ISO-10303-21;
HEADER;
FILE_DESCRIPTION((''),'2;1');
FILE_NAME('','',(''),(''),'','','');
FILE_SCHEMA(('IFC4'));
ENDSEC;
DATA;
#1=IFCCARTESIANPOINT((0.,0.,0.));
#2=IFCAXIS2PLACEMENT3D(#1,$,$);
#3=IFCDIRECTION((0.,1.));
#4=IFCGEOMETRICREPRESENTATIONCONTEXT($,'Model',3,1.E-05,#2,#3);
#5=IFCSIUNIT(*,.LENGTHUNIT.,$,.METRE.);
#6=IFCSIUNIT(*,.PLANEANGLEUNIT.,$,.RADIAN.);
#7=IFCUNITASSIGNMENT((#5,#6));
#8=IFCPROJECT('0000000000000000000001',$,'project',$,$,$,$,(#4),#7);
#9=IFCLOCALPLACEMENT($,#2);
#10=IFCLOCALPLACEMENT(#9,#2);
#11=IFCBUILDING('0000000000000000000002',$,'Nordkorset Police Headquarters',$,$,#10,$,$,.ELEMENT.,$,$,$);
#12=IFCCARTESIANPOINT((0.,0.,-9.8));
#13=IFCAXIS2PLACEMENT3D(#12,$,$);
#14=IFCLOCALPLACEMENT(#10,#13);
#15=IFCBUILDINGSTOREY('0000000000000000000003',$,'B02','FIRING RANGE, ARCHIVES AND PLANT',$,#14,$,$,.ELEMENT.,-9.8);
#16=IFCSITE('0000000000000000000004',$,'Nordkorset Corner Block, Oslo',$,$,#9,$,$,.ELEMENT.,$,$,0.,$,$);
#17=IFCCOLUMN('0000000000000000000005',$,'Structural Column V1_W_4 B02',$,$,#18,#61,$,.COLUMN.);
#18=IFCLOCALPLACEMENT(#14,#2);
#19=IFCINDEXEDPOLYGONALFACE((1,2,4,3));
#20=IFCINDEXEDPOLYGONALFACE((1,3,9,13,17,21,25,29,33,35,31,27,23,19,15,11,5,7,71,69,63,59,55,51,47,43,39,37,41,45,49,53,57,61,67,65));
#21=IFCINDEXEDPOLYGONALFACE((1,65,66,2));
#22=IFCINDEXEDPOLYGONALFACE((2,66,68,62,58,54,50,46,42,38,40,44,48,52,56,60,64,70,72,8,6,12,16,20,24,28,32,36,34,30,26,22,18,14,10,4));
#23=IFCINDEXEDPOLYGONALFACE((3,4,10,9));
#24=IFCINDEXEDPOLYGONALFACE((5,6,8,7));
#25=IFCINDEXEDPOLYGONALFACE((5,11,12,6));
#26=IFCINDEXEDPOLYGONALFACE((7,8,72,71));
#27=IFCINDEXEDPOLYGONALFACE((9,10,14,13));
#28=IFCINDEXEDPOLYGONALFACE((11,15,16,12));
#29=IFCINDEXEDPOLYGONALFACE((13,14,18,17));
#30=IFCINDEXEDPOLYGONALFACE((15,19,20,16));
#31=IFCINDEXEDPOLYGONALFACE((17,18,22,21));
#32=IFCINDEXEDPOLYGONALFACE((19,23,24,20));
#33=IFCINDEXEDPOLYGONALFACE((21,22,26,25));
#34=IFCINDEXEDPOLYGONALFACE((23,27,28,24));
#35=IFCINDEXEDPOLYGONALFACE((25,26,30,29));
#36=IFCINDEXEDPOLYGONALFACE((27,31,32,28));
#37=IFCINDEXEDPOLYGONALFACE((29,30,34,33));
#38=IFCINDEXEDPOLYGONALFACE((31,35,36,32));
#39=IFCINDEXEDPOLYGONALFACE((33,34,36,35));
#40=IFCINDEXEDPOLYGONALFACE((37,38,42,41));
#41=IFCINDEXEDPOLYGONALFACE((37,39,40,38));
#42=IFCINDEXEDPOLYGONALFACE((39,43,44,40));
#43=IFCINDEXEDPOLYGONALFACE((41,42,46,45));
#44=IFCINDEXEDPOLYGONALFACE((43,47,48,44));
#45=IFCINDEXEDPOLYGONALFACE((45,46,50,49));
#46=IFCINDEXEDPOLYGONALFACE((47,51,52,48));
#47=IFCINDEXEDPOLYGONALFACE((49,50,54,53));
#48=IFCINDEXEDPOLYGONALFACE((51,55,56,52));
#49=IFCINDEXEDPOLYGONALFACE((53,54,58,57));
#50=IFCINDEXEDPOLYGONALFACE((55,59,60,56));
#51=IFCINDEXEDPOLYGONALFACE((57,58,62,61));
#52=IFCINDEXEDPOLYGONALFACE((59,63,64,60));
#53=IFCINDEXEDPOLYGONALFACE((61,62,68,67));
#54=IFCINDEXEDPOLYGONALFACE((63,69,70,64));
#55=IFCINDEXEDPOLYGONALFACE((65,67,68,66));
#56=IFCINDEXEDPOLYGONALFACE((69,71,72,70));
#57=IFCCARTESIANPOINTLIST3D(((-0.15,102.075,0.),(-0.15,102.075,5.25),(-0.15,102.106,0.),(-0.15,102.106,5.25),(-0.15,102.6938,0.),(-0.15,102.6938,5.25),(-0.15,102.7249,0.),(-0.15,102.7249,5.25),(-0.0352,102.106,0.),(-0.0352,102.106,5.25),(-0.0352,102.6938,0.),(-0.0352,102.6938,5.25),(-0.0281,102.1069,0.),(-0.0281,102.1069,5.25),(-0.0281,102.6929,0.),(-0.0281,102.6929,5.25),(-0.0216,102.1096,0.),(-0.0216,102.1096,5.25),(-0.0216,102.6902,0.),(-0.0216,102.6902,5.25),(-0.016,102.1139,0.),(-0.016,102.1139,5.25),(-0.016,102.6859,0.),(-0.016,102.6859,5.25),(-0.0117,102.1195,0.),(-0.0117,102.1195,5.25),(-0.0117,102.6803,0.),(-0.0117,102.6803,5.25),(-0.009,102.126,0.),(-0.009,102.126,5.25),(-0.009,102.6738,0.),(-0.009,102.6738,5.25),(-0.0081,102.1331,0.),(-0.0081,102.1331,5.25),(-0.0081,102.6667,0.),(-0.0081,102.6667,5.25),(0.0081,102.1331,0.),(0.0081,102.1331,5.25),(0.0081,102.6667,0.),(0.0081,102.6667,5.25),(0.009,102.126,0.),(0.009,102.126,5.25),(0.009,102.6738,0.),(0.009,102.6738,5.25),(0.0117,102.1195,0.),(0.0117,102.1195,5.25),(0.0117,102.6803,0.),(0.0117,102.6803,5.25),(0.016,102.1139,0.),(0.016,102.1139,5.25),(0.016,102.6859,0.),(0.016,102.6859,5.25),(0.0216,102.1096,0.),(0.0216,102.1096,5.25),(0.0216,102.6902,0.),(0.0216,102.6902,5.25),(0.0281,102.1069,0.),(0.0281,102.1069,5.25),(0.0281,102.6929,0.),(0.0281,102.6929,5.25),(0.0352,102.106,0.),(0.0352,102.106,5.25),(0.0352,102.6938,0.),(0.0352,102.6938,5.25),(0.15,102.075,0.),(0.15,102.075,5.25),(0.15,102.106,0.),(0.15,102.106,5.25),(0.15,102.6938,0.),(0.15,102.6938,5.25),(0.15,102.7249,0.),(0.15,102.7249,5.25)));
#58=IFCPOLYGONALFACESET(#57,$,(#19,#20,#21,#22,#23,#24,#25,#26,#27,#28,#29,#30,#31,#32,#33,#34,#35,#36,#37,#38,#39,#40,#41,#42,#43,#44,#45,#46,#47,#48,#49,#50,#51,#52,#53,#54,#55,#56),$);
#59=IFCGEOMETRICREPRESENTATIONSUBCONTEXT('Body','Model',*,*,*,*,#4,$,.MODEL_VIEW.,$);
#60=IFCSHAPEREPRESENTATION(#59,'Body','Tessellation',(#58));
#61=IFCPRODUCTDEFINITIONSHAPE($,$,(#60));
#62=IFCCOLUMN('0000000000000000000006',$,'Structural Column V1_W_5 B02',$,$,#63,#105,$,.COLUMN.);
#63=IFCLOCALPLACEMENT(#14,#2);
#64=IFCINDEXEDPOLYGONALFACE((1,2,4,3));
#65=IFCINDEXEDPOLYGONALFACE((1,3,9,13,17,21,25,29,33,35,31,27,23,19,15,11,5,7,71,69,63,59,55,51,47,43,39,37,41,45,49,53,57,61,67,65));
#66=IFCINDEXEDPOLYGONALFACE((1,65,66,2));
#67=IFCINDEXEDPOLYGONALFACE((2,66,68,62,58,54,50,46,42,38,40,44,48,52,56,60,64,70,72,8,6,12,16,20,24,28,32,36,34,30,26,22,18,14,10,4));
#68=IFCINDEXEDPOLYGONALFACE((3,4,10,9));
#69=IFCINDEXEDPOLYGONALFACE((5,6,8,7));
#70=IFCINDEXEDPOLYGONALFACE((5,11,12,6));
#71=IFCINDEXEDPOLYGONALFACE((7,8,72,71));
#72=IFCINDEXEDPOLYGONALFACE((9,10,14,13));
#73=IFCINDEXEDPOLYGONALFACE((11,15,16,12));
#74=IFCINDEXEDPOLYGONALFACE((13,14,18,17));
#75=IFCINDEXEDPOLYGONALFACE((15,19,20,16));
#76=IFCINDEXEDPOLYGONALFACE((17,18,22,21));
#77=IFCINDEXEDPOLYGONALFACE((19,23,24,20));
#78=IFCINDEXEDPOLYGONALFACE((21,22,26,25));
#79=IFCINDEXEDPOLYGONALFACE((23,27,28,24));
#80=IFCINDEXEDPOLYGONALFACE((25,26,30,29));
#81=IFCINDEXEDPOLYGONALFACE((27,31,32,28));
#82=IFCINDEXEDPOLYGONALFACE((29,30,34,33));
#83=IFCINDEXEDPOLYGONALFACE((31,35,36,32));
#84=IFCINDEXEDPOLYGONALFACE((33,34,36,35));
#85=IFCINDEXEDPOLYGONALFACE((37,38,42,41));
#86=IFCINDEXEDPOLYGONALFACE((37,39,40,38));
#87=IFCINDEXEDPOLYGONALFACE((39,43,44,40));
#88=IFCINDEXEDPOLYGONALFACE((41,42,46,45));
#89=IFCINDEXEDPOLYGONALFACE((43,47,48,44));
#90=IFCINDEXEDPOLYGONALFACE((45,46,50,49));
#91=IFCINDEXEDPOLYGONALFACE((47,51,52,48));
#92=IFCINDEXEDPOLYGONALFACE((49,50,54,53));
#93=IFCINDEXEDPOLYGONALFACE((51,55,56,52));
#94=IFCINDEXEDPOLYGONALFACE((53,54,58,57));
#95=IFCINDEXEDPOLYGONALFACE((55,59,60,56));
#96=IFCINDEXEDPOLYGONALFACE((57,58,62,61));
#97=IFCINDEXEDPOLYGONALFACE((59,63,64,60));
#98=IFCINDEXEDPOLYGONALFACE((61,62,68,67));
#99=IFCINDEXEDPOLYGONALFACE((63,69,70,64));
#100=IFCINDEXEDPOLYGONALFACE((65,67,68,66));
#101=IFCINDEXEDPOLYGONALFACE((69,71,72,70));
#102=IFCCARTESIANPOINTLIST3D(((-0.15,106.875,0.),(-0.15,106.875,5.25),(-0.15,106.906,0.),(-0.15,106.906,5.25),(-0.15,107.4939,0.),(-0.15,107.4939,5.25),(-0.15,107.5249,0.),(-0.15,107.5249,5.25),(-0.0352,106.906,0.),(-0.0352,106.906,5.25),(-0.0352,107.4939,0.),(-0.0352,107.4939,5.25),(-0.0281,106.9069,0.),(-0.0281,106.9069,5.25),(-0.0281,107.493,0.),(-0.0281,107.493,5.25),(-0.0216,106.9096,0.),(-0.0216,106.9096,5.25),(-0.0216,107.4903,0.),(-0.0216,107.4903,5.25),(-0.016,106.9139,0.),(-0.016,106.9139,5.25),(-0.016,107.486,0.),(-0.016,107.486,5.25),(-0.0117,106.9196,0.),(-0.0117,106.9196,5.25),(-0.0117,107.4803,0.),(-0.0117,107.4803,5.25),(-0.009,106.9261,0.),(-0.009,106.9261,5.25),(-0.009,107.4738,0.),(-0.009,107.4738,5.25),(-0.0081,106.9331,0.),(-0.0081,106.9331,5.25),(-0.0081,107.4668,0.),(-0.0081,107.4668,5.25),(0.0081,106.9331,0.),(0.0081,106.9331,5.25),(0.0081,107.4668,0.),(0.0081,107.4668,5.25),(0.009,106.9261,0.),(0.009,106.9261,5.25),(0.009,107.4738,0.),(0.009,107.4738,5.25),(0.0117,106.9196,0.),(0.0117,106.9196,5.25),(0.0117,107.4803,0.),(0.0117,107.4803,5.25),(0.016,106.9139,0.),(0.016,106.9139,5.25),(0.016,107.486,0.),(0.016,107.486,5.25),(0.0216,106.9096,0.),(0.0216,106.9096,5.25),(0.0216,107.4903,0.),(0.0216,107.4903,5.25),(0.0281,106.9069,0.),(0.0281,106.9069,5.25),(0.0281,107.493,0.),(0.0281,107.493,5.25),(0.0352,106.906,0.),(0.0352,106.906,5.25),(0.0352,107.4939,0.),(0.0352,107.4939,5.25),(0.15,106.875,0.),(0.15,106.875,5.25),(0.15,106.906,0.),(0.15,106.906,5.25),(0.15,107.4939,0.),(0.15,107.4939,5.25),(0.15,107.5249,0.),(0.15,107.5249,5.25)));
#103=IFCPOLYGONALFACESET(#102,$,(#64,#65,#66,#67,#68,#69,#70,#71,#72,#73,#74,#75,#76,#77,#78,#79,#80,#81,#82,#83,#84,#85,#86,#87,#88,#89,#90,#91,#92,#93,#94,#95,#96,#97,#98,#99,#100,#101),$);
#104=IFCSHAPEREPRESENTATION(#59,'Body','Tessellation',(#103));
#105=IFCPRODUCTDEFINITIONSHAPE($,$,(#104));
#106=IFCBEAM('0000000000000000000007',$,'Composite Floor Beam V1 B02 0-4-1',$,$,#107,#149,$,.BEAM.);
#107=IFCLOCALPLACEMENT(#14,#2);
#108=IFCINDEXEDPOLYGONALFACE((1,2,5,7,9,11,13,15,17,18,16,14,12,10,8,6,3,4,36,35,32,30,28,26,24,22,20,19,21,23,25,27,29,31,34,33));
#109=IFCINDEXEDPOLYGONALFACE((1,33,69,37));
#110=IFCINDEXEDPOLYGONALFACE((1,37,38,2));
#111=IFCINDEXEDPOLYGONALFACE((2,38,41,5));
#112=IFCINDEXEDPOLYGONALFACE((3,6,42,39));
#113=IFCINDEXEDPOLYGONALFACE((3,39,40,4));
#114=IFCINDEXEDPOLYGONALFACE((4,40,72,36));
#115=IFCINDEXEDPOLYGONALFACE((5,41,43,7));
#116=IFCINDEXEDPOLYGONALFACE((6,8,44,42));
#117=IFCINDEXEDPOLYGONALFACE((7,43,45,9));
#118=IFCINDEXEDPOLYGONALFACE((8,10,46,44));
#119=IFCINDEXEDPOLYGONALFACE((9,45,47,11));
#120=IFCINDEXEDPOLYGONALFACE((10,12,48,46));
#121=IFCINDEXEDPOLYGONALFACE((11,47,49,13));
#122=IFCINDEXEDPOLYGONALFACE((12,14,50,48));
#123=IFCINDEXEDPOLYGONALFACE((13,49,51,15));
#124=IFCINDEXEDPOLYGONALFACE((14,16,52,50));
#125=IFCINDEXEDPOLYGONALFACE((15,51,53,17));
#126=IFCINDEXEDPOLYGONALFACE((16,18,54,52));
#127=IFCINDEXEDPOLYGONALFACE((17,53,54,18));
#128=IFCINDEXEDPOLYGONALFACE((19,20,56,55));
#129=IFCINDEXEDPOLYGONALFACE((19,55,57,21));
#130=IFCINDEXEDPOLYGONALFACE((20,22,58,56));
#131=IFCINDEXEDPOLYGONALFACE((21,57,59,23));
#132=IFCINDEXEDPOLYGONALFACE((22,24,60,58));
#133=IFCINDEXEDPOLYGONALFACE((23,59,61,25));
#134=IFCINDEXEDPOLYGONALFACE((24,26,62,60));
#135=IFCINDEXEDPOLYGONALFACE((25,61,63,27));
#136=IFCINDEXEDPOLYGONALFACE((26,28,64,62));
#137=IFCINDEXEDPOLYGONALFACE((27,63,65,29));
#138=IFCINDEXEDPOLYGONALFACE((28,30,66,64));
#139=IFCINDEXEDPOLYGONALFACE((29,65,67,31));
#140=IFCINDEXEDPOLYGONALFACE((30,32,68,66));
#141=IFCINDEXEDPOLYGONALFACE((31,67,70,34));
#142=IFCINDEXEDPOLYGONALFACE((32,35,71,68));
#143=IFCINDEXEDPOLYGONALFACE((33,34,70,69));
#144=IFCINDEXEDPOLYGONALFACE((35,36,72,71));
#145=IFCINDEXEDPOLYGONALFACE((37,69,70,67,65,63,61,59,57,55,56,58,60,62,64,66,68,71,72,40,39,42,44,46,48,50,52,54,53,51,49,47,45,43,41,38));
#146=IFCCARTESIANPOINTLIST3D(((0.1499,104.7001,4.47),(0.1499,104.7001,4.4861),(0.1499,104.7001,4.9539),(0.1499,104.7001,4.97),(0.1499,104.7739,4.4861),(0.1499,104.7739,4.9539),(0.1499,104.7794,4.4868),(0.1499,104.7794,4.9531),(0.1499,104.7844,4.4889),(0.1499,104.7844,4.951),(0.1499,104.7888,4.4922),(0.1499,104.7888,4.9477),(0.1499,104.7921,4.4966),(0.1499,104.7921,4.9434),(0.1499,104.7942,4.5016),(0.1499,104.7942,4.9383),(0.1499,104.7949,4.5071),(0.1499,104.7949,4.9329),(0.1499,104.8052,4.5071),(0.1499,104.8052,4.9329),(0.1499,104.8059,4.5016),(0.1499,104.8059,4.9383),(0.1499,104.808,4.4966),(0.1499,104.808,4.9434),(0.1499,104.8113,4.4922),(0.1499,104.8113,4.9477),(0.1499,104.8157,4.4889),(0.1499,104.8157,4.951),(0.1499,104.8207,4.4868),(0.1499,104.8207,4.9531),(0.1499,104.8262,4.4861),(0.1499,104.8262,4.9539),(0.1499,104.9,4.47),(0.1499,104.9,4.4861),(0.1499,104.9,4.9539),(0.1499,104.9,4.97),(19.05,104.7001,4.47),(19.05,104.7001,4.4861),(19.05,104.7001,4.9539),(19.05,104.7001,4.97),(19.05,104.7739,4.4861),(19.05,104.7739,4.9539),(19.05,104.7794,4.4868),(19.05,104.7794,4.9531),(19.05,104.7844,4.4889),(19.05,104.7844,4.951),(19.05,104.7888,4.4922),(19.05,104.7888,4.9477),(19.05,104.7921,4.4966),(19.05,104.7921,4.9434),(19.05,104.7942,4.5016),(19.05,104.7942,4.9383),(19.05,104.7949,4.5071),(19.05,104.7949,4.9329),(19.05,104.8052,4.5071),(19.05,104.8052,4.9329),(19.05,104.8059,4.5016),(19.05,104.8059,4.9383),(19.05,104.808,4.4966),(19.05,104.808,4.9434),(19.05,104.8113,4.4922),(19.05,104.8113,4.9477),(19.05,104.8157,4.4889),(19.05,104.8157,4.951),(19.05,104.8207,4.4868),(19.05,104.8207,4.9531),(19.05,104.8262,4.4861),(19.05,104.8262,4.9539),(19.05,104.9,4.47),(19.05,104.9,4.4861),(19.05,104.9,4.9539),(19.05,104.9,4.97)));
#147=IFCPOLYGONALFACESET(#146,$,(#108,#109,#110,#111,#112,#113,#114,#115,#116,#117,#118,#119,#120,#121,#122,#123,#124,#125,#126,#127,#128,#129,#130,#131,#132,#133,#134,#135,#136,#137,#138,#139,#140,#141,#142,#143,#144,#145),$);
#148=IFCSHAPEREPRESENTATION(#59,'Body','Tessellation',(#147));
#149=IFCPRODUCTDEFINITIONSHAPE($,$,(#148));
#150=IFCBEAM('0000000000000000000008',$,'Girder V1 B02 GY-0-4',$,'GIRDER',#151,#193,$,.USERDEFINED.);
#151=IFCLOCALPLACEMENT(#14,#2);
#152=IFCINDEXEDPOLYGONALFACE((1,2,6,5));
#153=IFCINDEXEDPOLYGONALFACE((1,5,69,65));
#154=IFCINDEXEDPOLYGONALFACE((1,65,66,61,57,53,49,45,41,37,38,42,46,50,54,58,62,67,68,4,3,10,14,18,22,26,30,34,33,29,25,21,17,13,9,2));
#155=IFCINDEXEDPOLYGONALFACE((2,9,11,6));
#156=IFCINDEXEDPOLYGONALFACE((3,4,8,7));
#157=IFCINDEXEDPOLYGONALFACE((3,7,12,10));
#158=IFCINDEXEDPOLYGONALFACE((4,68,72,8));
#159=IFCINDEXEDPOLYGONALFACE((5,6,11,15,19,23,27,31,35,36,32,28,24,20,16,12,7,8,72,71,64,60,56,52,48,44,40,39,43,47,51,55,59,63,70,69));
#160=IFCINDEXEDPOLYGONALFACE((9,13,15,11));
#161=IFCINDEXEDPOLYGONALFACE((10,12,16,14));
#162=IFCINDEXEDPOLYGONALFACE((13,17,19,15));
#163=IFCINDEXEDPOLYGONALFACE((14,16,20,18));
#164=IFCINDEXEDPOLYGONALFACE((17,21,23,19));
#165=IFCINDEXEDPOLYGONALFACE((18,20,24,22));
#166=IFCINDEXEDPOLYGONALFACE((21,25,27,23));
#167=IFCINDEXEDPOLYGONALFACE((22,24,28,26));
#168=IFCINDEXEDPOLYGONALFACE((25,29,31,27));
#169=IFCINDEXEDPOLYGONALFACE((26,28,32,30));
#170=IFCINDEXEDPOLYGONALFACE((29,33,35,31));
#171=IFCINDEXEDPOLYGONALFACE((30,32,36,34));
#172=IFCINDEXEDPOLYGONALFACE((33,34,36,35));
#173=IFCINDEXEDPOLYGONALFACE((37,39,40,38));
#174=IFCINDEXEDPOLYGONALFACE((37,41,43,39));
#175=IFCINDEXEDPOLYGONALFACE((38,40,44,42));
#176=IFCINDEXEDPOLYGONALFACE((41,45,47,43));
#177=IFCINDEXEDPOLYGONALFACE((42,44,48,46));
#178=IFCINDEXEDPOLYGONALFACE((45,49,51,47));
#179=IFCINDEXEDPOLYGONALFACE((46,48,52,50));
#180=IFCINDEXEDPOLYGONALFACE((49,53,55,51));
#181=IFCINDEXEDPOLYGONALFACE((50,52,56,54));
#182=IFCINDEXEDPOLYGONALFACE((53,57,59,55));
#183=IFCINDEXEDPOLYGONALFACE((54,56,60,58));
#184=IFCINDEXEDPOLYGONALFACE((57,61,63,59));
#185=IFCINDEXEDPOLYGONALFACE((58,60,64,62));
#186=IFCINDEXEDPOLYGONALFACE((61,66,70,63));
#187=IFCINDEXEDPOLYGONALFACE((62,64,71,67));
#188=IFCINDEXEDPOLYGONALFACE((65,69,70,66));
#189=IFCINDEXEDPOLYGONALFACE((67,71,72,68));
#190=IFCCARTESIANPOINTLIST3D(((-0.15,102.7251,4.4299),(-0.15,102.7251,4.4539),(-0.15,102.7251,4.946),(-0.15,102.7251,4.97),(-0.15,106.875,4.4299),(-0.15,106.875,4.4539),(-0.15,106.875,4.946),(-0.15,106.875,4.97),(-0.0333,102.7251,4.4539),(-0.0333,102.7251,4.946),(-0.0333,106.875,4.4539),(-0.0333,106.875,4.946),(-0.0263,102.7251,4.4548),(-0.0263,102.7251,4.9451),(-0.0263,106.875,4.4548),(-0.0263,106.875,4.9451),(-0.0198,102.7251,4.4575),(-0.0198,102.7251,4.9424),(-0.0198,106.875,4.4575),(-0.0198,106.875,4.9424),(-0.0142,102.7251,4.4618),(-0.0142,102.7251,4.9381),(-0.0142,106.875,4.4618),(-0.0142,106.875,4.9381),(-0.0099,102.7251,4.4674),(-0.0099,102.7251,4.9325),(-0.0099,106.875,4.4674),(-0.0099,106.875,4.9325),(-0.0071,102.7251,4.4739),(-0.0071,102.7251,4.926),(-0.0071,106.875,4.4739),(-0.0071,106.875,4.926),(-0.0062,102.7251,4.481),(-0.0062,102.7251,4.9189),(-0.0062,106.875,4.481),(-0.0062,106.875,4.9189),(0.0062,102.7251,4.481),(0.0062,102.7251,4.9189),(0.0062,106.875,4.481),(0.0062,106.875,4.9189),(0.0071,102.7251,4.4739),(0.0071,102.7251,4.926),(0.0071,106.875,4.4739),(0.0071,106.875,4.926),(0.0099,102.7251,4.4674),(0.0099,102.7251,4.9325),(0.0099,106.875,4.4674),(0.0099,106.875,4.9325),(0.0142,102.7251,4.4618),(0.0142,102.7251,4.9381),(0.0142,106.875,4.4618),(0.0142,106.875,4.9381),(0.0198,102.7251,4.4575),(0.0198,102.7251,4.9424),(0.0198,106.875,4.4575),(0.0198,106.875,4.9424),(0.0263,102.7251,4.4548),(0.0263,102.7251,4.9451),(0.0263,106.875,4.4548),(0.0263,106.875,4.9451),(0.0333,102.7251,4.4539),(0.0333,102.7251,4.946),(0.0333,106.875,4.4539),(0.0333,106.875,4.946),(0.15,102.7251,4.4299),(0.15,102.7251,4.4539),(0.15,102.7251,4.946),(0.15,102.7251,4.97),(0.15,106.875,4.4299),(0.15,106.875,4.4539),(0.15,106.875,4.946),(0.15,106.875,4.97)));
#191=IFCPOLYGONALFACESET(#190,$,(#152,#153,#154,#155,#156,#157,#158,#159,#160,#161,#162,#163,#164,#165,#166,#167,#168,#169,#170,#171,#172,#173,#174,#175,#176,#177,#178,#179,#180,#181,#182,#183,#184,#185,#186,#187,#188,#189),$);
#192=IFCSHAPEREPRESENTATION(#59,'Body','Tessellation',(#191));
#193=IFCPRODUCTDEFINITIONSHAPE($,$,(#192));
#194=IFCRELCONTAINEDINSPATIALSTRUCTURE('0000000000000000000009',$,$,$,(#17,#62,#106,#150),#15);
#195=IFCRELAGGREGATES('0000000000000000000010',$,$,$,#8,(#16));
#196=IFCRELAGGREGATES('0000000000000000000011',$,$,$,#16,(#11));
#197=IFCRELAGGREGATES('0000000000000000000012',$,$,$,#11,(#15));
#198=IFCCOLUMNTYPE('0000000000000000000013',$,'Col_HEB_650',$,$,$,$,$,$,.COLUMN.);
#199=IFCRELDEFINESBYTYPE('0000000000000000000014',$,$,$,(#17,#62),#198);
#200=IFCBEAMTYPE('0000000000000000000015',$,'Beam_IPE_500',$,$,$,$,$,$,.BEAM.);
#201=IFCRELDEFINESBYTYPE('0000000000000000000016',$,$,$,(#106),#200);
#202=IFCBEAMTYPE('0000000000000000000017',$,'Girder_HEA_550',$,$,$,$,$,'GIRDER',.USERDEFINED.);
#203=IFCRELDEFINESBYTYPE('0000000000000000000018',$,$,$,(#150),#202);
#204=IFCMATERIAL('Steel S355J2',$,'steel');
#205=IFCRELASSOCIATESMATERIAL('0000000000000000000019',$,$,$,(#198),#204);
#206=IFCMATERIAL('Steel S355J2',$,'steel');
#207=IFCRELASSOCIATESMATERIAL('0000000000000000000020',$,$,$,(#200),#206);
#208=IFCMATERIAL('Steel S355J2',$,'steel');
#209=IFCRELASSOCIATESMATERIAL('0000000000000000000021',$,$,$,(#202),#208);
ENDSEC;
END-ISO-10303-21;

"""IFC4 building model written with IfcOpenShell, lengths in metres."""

from ifc_helpers import new_model, si_unit, direction, frame, origin, origin_2d, place, context, subcontext, project, spatial, i_section, extrude, material, material_profile, profile_set, type_object, element, save


model = new_model("IFC4")

# Units and contexts
model_context = context("Model", 3, precision=1e-05, world=origin(), true_north=direction((0.0, 1.0)))
body_context = subcontext(model_context, "Body", "Model", "MODEL_VIEW")
ifc_project = project(units=[si_unit("LENGTHUNIT", "METRE"), si_unit("PLANEANGLEUNIT", "RADIAN")], contexts=[model_context])

# Site, building, storey
site_placement = place(None, origin())
site = spatial("IfcSite", under=ifc_project, at=site_placement, Name="Nordkorset Corner Block, Oslo", CompositionType="ELEMENT", RefElevation=0.0)
building_placement = place(site_placement, origin())
building = spatial("IfcBuilding", under=site, at=building_placement, Name="Nordkorset Police Headquarters", CompositionType="ELEMENT")
storey_placement = place(building_placement, frame((0.0, 0.0, -9.8)))
storey = spatial("IfcBuildingStorey", under=building, at=storey_placement, Name="B02", Description="FIRING RANGE, ARCHIVES AND PLANT", CompositionType="ELEMENT", Elevation=-9.8)

# Columns
ifc_material_1 = material(Name="Steel S355J2", Category="steel")
ifc_material_profile_1 = material_profile(ifc_material_1, i_section(OverallWidth=0.3, OverallDepth=0.6499, WebThickness=0.0161, FlangeThickness=0.031, FilletRadius=0.0271, at=origin_2d()), Name="HEB 650")
ifc_profile_set_1 = profile_set([ifc_material_profile_1], Name="Steel S355J2")
column_type = type_object("IfcColumnType", Name="Col_HEB_650", PredefinedType="COLUMN", material=ifc_profile_set_1)
for number, where, z_axis, x_axis, name in (
    (1, (0.0, 102.3999, 0.0), (0.0, 0.0, 1.0), (1.0, 0.0, 0.0), "Structural Column V1_W_4 B02"),
    (2, (0.0, 107.2, 0.0), (0.0, 0.0, 1.0), (1.0, 0.0, 0.0), "Structural Column V1_W_5 B02"),
):
    element("IfcColumn", number, at=place(storey_placement, frame(where, z_axis=z_axis, x_axis=x_axis)), inside=storey, type_object=column_type, Name=name, PredefinedType="COLUMN", context=body_context, shape_type="SweptSolid", body=[
        extrude(i_section(OverallWidth=0.3, OverallDepth=0.6499, WebThickness=0.0161, FlangeThickness=0.031, FilletRadius=0.0271, at=origin_2d()), origin(), (0.0, 0.0, 1.0), 5.25),
    ])

# Beams
ifc_material_2 = material(Name="Steel S355J2", Category="steel")
ifc_material_profile_2 = material_profile(ifc_material_2, i_section(OverallWidth=0.2, OverallDepth=0.5, WebThickness=0.0103, FlangeThickness=0.0161, FilletRadius=0.021, at=origin_2d()), Name="IPE 500")
ifc_profile_set_2 = profile_set([ifc_material_profile_2], Name="Steel S355J2")
beam_type_1 = type_object("IfcBeamType", Name="Beam_IPE_500", PredefinedType="BEAM", material=ifc_profile_set_2)
beam_1_placement = place(storey_placement, frame((0.1499, 104.8, 4.72), z_axis=(1.0, 0.0, 0.0), x_axis=(0.0, 1.0, 0.0)))
element("IfcBeam", 3, at=beam_1_placement, inside=storey, type_object=beam_type_1, Name="Composite Floor Beam V1 B02 0-4-1", PredefinedType="BEAM", context=body_context, shape_type="SweptSolid", body=[
    extrude(i_section(OverallWidth=0.2, OverallDepth=0.5, WebThickness=0.0103, FlangeThickness=0.0161, FilletRadius=0.021, at=origin_2d()), origin(), (0.0, 0.0, 1.0), 18.9001),
])
ifc_material_3 = material(Name="Steel S355J2", Category="steel")
ifc_material_profile_3 = material_profile(ifc_material_3, i_section(OverallWidth=0.3, OverallDepth=0.54, WebThickness=0.0125, FlangeThickness=0.0239, FilletRadius=0.0271, at=origin_2d()), Name="HEA 550")
ifc_profile_set_3 = profile_set([ifc_material_profile_3], Name="Steel S355J2")
beam_type_2 = type_object("IfcBeamType", Name="Girder_HEA_550", ElementType="GIRDER", PredefinedType="USERDEFINED", material=ifc_profile_set_3)
beam_2_placement = place(storey_placement, frame((0.0, 102.7251, 4.7), z_axis=(0.0, 1.0, 0.0), x_axis=(-1.0, 0.0, 0.0)))
element("IfcBeam", 4, at=beam_2_placement, inside=storey, type_object=beam_type_2, Name="Girder V1 B02 GY-0-4", ObjectType="GIRDER", PredefinedType="USERDEFINED", context=body_context, shape_type="SweptSolid", body=[
    extrude(i_section(OverallWidth=0.3, OverallDepth=0.54, WebThickness=0.0125, FlangeThickness=0.0239, FilletRadius=0.0271, at=origin_2d()), origin(), (0.0, 0.0, 1.0), 4.1499),
])

save(model, "model.ifc")
